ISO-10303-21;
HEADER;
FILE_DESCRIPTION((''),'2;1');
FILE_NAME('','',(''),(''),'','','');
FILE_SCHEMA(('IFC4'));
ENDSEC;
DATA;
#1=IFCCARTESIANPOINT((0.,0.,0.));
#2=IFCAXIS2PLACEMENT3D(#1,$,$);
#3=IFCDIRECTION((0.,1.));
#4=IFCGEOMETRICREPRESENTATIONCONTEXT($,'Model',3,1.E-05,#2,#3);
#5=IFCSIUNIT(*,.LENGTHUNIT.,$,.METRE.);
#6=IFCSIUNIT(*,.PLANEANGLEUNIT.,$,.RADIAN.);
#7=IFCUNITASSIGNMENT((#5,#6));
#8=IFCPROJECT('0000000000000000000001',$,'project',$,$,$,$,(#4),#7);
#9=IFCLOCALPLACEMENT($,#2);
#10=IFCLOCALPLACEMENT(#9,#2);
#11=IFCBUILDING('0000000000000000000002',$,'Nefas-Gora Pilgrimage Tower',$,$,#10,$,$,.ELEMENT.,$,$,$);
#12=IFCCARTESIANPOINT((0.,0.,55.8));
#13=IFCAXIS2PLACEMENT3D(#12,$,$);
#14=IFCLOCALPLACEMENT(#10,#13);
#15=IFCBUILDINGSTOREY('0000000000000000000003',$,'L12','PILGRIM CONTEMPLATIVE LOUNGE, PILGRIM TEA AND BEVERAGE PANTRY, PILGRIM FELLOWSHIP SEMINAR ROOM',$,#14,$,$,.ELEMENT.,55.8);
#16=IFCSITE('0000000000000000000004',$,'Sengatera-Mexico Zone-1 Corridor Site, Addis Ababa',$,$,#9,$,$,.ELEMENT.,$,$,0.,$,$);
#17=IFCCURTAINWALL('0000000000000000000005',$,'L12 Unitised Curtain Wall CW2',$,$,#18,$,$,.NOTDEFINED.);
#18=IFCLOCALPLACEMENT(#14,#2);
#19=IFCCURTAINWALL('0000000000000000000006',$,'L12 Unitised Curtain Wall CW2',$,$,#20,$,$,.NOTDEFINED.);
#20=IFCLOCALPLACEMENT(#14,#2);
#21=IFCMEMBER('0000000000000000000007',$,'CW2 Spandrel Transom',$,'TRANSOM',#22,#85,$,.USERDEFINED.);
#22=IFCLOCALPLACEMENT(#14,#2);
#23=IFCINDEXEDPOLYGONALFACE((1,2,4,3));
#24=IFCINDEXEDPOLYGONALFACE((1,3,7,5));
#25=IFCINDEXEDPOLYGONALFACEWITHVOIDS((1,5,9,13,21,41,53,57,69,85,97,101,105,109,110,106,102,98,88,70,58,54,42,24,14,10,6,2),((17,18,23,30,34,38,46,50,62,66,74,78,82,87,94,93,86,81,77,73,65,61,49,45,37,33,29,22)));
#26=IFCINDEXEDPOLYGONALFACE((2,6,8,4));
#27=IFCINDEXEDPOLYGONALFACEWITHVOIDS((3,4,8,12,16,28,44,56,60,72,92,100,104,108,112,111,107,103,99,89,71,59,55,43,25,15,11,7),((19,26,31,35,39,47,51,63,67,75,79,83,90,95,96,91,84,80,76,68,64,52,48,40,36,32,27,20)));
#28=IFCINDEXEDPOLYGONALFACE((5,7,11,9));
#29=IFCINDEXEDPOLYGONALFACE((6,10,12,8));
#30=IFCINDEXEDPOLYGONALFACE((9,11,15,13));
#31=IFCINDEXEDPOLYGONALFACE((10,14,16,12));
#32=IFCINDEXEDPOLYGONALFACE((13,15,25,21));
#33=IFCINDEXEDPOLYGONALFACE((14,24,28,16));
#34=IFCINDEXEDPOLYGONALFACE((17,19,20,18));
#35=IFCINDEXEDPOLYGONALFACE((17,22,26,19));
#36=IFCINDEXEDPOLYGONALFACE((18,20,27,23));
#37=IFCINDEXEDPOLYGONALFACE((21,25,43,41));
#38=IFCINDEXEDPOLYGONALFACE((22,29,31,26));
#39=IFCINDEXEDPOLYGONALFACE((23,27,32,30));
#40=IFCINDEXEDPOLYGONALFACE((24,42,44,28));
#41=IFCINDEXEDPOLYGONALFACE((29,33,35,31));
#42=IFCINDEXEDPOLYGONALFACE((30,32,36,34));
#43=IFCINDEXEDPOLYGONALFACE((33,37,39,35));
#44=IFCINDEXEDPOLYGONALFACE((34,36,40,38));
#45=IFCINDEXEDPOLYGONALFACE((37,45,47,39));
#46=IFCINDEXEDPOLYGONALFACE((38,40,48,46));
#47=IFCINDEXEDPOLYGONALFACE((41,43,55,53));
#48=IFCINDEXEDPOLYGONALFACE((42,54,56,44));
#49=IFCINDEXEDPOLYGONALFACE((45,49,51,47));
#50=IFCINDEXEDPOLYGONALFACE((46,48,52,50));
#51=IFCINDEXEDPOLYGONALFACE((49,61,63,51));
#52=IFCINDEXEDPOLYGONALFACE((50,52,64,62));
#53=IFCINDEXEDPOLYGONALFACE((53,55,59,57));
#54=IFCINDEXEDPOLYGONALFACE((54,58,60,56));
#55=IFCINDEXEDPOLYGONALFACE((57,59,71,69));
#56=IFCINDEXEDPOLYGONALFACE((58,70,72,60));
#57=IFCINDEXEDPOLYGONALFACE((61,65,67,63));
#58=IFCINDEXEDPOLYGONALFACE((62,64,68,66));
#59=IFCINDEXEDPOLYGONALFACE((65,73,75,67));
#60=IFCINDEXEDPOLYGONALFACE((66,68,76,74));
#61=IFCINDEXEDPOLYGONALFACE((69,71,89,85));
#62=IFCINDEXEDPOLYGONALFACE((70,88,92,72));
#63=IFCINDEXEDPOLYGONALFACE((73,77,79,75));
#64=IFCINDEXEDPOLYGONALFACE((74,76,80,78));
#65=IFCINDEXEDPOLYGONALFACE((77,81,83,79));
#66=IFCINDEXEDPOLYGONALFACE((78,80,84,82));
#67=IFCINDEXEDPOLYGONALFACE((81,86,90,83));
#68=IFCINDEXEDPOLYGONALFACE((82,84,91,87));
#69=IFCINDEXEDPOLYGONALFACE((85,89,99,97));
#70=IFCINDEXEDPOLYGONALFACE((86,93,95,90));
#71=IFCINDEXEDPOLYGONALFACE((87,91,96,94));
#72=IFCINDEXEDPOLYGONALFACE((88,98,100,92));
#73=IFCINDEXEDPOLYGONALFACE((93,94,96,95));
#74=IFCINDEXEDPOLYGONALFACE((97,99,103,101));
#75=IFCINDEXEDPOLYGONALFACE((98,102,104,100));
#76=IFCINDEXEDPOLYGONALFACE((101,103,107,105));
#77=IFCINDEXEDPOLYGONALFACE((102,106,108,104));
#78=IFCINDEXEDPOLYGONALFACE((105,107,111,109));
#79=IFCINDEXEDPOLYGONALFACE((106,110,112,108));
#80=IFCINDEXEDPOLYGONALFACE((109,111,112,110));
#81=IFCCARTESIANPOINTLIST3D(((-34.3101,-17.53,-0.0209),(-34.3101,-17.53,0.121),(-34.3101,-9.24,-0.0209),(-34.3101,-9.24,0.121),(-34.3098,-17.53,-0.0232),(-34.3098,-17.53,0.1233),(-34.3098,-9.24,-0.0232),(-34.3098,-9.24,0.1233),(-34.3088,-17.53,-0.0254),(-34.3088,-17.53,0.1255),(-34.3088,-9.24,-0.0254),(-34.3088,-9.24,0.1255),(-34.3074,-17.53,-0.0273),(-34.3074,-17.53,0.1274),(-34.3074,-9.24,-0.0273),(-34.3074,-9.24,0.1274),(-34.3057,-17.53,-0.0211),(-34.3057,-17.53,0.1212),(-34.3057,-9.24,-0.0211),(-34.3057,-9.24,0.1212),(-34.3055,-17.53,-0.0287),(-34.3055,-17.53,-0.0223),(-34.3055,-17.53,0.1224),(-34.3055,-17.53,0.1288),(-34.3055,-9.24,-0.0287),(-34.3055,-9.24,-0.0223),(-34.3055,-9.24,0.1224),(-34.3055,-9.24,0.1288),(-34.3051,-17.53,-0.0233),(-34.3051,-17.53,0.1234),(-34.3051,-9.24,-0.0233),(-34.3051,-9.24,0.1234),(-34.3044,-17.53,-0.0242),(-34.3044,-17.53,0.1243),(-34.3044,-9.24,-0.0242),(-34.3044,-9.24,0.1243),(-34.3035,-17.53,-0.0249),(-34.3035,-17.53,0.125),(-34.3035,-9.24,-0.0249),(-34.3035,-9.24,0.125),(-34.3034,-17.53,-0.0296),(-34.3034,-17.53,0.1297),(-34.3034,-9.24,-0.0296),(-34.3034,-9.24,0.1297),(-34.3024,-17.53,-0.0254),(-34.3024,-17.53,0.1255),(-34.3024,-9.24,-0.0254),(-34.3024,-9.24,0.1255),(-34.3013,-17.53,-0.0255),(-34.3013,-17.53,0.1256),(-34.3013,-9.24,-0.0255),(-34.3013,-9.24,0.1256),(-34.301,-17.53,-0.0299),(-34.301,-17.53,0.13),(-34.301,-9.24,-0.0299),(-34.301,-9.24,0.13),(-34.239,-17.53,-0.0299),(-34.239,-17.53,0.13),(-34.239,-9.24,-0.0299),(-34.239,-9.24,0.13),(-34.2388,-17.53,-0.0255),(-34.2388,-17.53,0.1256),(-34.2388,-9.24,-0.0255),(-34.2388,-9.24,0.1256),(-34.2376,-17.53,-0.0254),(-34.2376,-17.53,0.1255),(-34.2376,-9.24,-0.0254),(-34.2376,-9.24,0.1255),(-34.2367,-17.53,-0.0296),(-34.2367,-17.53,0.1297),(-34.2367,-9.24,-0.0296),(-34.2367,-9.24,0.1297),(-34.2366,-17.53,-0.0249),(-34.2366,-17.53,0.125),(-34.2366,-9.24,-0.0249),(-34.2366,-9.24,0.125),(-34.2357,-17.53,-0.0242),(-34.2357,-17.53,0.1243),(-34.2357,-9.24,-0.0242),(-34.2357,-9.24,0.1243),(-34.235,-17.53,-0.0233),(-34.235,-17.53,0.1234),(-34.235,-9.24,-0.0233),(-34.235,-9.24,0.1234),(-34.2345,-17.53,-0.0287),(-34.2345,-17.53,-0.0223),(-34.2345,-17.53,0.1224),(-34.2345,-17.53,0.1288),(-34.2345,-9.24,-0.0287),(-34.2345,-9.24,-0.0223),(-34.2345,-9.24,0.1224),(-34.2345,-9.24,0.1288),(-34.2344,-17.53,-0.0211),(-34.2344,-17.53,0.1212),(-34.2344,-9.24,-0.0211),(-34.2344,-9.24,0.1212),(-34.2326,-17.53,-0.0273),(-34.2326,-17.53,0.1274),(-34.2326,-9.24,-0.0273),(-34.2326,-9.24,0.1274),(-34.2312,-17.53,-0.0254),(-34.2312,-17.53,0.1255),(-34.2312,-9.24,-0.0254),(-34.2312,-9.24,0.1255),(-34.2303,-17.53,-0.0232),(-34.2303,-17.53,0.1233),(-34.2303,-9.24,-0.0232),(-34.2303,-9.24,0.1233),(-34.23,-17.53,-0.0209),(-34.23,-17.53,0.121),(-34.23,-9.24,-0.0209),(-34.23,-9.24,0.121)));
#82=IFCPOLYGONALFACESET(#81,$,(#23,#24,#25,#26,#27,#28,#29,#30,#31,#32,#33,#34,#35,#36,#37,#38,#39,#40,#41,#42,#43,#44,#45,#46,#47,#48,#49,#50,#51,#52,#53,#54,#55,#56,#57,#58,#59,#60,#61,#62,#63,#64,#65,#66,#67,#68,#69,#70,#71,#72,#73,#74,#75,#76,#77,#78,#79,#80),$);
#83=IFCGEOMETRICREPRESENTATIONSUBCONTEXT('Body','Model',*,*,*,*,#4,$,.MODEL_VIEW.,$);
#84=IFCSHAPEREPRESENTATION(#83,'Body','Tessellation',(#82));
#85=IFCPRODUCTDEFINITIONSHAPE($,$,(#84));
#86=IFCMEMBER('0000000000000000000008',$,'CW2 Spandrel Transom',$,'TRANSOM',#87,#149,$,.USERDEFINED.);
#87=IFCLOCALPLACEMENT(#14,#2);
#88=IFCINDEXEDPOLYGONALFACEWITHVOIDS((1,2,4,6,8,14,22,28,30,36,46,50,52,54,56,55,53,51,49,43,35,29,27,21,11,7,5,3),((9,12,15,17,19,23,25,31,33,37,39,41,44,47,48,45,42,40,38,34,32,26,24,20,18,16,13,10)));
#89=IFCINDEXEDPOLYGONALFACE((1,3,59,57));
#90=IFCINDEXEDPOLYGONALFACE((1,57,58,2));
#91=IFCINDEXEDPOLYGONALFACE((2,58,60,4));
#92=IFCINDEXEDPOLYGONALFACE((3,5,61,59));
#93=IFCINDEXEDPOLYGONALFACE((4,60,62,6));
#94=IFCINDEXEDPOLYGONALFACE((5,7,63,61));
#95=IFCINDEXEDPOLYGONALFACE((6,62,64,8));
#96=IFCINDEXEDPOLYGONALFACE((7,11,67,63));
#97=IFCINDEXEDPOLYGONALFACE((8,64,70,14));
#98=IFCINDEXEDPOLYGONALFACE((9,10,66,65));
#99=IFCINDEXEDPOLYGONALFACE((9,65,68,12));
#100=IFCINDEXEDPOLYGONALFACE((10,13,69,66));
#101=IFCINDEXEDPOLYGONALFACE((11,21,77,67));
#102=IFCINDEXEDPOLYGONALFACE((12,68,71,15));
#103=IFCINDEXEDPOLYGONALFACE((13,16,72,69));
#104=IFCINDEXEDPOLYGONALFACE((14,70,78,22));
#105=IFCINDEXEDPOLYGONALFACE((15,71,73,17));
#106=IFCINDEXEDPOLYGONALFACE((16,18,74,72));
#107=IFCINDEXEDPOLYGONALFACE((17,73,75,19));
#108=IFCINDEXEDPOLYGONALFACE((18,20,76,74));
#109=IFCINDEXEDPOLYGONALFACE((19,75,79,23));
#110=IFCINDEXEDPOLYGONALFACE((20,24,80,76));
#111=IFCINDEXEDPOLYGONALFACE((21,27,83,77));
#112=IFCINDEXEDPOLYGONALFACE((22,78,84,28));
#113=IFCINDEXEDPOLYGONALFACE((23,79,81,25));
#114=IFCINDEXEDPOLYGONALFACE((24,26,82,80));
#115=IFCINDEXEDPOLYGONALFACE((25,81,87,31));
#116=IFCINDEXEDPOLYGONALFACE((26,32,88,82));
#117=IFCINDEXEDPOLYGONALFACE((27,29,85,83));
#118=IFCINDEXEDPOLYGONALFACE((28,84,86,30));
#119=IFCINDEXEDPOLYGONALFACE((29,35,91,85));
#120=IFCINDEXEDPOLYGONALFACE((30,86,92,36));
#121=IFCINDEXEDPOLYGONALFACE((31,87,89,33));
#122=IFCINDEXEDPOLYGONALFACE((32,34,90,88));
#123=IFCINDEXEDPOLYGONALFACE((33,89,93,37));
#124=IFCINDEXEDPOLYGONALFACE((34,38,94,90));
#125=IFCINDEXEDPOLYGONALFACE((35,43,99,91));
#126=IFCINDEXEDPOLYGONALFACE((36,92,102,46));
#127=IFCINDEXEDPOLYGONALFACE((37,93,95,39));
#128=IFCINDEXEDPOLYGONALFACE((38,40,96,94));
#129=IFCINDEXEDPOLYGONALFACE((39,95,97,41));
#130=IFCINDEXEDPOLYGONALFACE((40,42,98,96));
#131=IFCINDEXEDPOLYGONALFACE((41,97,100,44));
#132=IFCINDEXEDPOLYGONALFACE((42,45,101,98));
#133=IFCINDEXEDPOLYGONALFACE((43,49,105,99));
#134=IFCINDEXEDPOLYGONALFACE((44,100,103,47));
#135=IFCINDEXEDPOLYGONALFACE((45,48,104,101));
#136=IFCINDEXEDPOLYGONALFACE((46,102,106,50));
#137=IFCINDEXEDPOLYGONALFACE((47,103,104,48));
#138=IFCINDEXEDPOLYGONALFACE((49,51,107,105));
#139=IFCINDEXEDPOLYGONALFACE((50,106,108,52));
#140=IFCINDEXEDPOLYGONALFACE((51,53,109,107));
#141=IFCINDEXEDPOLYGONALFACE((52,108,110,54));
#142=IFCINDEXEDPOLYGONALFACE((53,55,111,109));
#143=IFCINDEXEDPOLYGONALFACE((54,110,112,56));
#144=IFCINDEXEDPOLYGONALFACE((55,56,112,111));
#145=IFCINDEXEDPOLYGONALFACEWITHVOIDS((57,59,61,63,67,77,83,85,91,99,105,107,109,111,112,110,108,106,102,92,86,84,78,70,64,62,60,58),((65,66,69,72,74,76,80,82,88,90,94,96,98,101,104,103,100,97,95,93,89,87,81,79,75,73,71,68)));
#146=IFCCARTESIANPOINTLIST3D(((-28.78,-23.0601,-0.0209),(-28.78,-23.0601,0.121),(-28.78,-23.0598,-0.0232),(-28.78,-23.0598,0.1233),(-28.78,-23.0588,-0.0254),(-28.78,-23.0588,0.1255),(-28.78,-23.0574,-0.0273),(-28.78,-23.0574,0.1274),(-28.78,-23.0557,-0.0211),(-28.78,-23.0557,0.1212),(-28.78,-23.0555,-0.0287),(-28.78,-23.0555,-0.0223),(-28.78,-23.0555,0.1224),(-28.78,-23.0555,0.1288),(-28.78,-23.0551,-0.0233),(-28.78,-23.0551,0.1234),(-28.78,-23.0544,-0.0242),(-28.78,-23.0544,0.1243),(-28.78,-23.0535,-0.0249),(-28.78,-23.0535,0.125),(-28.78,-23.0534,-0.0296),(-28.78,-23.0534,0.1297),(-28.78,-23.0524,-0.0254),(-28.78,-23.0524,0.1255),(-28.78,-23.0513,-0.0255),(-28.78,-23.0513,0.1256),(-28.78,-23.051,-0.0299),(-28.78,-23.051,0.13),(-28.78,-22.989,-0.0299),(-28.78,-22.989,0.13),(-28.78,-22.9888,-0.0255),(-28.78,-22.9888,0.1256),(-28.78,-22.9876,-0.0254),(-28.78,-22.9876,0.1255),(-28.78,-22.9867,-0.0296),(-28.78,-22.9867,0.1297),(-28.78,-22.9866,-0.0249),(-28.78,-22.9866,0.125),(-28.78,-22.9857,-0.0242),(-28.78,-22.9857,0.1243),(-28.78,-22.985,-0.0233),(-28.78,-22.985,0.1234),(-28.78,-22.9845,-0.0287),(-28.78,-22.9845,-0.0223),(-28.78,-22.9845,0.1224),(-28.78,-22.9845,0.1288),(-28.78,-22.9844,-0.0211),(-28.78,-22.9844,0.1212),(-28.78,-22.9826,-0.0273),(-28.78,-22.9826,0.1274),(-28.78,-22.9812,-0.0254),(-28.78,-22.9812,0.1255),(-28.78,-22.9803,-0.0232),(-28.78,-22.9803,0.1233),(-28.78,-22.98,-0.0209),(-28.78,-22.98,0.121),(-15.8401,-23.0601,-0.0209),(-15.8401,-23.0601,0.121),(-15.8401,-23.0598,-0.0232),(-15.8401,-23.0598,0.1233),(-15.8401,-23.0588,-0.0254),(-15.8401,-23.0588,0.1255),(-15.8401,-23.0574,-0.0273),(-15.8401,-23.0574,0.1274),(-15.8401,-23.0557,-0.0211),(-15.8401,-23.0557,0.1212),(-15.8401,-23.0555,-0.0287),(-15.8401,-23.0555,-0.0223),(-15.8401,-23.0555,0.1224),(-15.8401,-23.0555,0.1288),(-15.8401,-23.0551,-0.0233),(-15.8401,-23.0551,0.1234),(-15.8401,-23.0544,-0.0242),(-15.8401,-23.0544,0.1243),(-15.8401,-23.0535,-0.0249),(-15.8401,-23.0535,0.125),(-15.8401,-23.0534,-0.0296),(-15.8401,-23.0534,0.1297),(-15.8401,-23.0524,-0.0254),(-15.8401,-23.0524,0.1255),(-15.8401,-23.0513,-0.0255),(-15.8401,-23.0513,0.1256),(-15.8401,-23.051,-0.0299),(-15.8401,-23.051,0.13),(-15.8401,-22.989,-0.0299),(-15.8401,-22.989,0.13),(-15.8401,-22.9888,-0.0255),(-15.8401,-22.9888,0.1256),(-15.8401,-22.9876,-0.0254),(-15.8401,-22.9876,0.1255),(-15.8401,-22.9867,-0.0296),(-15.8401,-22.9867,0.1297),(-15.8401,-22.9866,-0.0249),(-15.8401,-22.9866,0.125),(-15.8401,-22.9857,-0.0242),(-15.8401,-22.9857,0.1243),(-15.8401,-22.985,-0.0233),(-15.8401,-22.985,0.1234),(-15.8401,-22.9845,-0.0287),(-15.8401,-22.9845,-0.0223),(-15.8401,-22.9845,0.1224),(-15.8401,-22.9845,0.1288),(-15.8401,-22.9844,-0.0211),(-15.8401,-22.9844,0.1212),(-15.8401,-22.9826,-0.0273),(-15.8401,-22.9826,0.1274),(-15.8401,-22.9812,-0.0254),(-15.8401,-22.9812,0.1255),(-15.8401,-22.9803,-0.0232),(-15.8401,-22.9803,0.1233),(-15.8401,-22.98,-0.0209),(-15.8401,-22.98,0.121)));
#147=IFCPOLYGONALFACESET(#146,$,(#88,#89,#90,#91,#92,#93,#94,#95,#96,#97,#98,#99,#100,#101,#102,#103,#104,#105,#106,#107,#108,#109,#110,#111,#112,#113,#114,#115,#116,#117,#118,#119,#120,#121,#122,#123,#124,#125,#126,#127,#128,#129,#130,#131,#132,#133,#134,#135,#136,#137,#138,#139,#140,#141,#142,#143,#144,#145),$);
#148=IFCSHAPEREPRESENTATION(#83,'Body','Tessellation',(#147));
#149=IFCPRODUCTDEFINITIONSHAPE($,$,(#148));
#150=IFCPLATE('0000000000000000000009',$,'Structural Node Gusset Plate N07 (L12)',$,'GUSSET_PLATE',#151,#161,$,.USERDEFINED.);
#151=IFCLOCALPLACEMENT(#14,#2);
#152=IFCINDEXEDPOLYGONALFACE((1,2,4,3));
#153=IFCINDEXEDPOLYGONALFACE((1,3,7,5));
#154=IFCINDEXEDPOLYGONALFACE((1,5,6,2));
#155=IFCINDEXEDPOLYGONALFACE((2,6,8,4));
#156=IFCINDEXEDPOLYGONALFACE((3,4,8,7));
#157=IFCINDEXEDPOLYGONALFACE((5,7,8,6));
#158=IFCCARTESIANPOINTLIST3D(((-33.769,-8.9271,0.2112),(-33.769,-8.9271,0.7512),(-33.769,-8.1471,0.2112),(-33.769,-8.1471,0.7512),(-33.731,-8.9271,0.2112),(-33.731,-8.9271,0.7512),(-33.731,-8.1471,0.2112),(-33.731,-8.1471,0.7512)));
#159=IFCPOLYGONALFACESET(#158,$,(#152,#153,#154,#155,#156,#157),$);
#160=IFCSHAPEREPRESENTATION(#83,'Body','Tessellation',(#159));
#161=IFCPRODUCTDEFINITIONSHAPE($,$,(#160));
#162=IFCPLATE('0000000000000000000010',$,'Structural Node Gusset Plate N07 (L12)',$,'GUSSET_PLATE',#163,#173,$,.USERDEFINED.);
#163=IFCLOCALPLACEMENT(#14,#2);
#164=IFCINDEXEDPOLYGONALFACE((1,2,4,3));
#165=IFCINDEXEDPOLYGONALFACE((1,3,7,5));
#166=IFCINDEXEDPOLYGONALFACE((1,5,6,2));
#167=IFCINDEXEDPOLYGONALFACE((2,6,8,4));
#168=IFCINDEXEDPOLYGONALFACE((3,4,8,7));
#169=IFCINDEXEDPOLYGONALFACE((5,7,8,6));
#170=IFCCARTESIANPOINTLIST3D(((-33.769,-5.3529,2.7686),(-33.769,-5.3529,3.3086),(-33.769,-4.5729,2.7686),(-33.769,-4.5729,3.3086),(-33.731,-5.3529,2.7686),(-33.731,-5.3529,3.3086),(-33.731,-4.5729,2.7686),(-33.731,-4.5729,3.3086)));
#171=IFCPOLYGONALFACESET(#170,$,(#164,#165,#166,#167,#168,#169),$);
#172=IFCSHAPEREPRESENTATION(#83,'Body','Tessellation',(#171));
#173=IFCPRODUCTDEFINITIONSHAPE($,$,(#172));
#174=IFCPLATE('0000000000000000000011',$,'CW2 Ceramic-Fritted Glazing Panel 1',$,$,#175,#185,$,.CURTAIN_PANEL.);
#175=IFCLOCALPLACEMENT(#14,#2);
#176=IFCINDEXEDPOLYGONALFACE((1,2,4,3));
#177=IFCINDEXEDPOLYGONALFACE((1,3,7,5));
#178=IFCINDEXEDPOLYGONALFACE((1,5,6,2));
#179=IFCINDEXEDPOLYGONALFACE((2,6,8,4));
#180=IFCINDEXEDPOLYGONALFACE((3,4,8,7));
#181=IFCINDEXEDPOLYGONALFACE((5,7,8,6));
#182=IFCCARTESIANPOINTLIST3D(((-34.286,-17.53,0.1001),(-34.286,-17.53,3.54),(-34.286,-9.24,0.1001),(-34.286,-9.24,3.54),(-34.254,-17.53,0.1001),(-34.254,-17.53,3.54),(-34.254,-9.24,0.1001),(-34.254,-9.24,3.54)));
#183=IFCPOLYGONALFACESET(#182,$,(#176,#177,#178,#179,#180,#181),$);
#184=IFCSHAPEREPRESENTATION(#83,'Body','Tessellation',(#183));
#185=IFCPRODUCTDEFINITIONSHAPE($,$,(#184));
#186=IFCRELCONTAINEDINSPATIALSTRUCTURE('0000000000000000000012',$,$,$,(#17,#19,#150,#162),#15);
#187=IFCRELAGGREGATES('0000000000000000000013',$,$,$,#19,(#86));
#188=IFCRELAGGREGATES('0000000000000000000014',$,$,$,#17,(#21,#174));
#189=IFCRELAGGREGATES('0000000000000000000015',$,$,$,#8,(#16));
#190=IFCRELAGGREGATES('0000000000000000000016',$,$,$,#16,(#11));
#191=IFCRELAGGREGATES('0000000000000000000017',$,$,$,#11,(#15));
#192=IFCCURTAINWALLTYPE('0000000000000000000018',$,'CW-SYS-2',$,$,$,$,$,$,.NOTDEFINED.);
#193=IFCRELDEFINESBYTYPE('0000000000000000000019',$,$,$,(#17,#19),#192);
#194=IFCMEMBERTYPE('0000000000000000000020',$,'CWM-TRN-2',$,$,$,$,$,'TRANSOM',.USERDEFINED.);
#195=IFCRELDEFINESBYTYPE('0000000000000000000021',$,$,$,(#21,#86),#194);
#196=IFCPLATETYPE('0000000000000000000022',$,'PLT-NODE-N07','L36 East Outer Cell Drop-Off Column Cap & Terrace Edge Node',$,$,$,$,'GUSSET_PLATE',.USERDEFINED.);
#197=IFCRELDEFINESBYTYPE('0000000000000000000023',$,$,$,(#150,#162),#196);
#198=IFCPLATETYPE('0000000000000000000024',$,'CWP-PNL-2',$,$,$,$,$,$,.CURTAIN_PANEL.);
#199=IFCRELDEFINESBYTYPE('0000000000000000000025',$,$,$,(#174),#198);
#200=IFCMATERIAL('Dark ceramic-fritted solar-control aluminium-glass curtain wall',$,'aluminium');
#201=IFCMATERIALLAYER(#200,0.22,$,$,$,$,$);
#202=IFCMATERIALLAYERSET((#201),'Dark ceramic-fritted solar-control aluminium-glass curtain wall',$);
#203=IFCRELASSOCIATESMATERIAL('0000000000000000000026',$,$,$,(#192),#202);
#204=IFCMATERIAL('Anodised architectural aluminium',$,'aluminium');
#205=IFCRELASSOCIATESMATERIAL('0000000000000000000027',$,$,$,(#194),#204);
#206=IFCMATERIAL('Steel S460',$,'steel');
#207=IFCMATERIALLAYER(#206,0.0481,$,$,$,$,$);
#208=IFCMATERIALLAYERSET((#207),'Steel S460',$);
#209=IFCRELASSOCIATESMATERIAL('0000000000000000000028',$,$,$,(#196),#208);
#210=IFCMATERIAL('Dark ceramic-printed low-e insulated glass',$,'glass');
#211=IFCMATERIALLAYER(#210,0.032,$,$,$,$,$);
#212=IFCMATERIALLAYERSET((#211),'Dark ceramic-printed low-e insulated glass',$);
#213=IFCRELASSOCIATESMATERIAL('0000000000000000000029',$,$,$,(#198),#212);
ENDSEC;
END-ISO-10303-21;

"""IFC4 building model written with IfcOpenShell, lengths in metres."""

from ifc_helpers import new_model, si_unit, direction, frame, origin, origin_2d, place, context, subcontext, project, spatial, rectangle, hollow_rectangle, extrude, source, transform, mapped, material, layer, layer_set, material_profile, profile_set, type_object, element, aggregate, save


model = new_model("IFC4")

# Units and contexts
model_context = context("Model", 3, precision=1e-05, world=origin(), true_north=direction((0.0, 1.0)))
body_context = subcontext(model_context, "Body", "Model", "MODEL_VIEW")
ifc_project = project(units=[si_unit("LENGTHUNIT", "METRE"), si_unit("PLANEANGLEUNIT", "RADIAN")], contexts=[model_context])

# Site, building, storey
site_placement = place(None, origin())
site = spatial("IfcSite", under=ifc_project, at=site_placement, Name="Sengatera-Mexico Zone-1 Corridor Site, Addis Ababa", CompositionType="ELEMENT", RefElevation=0.0)
building_placement = place(site_placement, origin())
building = spatial("IfcBuilding", under=site, at=building_placement, Name="Nefas-Gora Pilgrimage Tower", CompositionType="ELEMENT")
storey_placement = place(building_placement, frame((0.0, 0.0, 55.8)))
storey = spatial("IfcBuildingStorey", under=building, at=storey_placement, Name="L12", Description="PILGRIM CONTEMPLATIVE LOUNGE, PILGRIM TEA AND BEVERAGE PANTRY, PILGRIM FELLOWSHIP SEMINAR ROOM", CompositionType="ELEMENT", Elevation=55.8)

# Shared definitions
ifc_material_1 = material(Name="Steel S460", Category="steel")

# Shared definitions
ifc_material_2 = material(Name="Dark ceramic-fritted solar-control aluminium-glass curtain wall", Category="aluminium")
ifc_layer_1 = layer(ifc_material_2, 0.22)
ifc_layer_set_1 = layer_set([ifc_layer_1], Name="Dark ceramic-fritted solar-control aluminium-glass curtain wall")
curtain_wall_type = type_object("IfcCurtainWallType", Name="CW-SYS-2", PredefinedType="NOTDEFINED", material=ifc_layer_set_1)
ifc_material_3 = material(Name="Anodised architectural aluminium", Category="aluminium")

# Curtain wall
curtain_wall_1_placement = place(storey_placement, origin())
curtain_wall_1 = element("IfcCurtainWall", 1, at=curtain_wall_1_placement, inside=storey, type_object=curtain_wall_type, Name="L12 Unitised Curtain Wall CW2", PredefinedType="NOTDEFINED")

# Curtain wall
curtain_wall_2_placement = place(storey_placement, origin())
curtain_wall_2 = element("IfcCurtainWall", 2, at=curtain_wall_2_placement, inside=storey, type_object=curtain_wall_type, Name="L12 Unitised Curtain Wall CW2", PredefinedType="NOTDEFINED")

# Members
ifc_material_profile_1 = material_profile(ifc_material_3, hollow_rectangle(XDim=0.0801, YDim=0.1599, WallThickness=0.0044, InnerFilletRadius=0.0044, OuterFilletRadius=0.009, at=origin_2d()), Name="ALU TRANSOM 80x160")
ifc_profile_set_1 = profile_set([ifc_material_profile_1], Name="Anodised architectural aluminium")
member_type_1 = type_object("IfcMemberType", Name="CWM-TRN-2", ElementType="TRANSOM", PredefinedType="USERDEFINED", material=ifc_profile_set_1)
shared_shape_1 = source(origin(), body_context, "Body", "SweptSolid", [
    extrude(hollow_rectangle(XDim=0.0801, YDim=0.1599, WallThickness=0.0044, InnerFilletRadius=0.0044, OuterFilletRadius=0.009, at=origin_2d()), origin(), (0.0, 0.0, 1.0), 8.29),
])
member_1_placement = place(storey_placement, frame((-34.27, -9.24, 0.05), z_axis=(0.0, -1.0, 0.0), x_axis=(1.0, 0.0, 0.0)))
member_1 = element("IfcMember", 3, at=member_1_placement, type_object=member_type_1, Name="CW2 Spandrel Transom", ObjectType="TRANSOM", PredefinedType="USERDEFINED", context=body_context, shape_type="MappedRepresentation", body=[
    mapped(shared_shape_1, transform((0.0, 0.0, 0.0), x_axis=(1.0, 0.0, 0.0), y_axis=(0.0, 1.0, 0.0), z_axis=(0.0, 0.0, 1.0), scale=1.0)),
])
shared_shape_2 = source(origin(), body_context, "Body", "SweptSolid", [
    extrude(hollow_rectangle(XDim=0.0801, YDim=0.1599, WallThickness=0.0044, InnerFilletRadius=0.0044, OuterFilletRadius=0.009, at=origin_2d()), origin(), (0.0, 0.0, 1.0), 12.9399),
])
member_2_placement = place(storey_placement, frame((-28.78, -23.02, 0.05), z_axis=(1.0, 0.0, 0.0), x_axis=(0.0, 1.0, 0.0)))
member_2 = element("IfcMember", 4, at=member_2_placement, type_object=member_type_1, Name="CW2 Spandrel Transom", ObjectType="TRANSOM", PredefinedType="USERDEFINED", context=body_context, shape_type="MappedRepresentation", body=[
    mapped(shared_shape_2, transform((0.0, 0.0, 0.0), x_axis=(1.0, 0.0, 0.0), y_axis=(0.0, 1.0, 0.0), z_axis=(0.0, 0.0, 1.0), scale=1.0)),
])
aggregate(curtain_wall_2, [member_2])

# Plates
ifc_layer_2 = layer(ifc_material_1, 0.0481)
ifc_layer_set_2 = layer_set([ifc_layer_2], Name="Steel S460")
plate_type_1 = type_object("IfcPlateType", Name="PLT-NODE-N07", Description="L36 East Outer Cell Drop-Off Column Cap & Terrace Edge Node", ElementType="GUSSET_PLATE", PredefinedType="USERDEFINED", material=ifc_layer_set_2)
shared_shape_3 = source(origin(), body_context, "Body", "SweptSolid", [
    extrude(rectangle(XDim=0.78, YDim=0.0381, at=origin_2d()), origin(), (0.0, 0.0, 1.0), 0.54),
])
for number, where, z_axis, x_axis, name in (
    (5, (-33.75, -8.5371, 0.2112), (0.0, 0.0, 1.0), (0.0, 1.0, 0.0), "Structural Node Gusset Plate N07 (L12)"),
    (6, (-33.75, -4.9629, 2.7686), (0.0, 0.0, 1.0), (0.0, 1.0, 0.0), "Structural Node Gusset Plate N07 (L12)"),
):
    element("IfcPlate", number, at=place(storey_placement, frame(where, z_axis=z_axis, x_axis=x_axis)), inside=storey, type_object=plate_type_1, Name=name, ObjectType="GUSSET_PLATE", PredefinedType="USERDEFINED", context=body_context, shape_type="MappedRepresentation", body=[
        mapped(shared_shape_3, transform((0.0, 0.0, 0.0), x_axis=(1.0, 0.0, 0.0), y_axis=(0.0, 1.0, 0.0), z_axis=(0.0, 0.0, 1.0), scale=1.0)),
    ])

# Plate
ifc_material_4 = material(Name="Dark ceramic-printed low-e insulated glass", Category="glass")
ifc_layer_3 = layer(ifc_material_4, 0.032)
ifc_layer_set_3 = layer_set([ifc_layer_3], Name="Dark ceramic-printed low-e insulated glass")
plate_type_2 = type_object("IfcPlateType", Name="CWP-PNL-2", PredefinedType="CURTAIN_PANEL", material=ifc_layer_set_3)
shared_shape_4 = source(origin(), body_context, "Body", "SweptSolid", [
    extrude(rectangle(XDim=8.29, YDim=0.032, at=origin_2d()), origin(), (0.0, 0.0, 1.0), 3.4399),
])
plate_1_placement = place(storey_placement, frame((-34.27, -13.385, 0.1001), z_axis=(0.0, 0.0, 1.0), x_axis=(0.0, -1.0, 0.0)))
plate_1 = element("IfcPlate", 7, at=plate_1_placement, type_object=plate_type_2, Name="CW2 Ceramic-Fritted Glazing Panel 1", PredefinedType="CURTAIN_PANEL", context=body_context, shape_type="MappedRepresentation", body=[
    mapped(shared_shape_4, transform((0.0, 0.0, 0.0), x_axis=(1.0, 0.0, 0.0), y_axis=(0.0, 1.0, 0.0), z_axis=(0.0, 0.0, 1.0), scale=1.0)),
])
aggregate(curtain_wall_1, [member_1, plate_1])

save(model, "model.ifc")
